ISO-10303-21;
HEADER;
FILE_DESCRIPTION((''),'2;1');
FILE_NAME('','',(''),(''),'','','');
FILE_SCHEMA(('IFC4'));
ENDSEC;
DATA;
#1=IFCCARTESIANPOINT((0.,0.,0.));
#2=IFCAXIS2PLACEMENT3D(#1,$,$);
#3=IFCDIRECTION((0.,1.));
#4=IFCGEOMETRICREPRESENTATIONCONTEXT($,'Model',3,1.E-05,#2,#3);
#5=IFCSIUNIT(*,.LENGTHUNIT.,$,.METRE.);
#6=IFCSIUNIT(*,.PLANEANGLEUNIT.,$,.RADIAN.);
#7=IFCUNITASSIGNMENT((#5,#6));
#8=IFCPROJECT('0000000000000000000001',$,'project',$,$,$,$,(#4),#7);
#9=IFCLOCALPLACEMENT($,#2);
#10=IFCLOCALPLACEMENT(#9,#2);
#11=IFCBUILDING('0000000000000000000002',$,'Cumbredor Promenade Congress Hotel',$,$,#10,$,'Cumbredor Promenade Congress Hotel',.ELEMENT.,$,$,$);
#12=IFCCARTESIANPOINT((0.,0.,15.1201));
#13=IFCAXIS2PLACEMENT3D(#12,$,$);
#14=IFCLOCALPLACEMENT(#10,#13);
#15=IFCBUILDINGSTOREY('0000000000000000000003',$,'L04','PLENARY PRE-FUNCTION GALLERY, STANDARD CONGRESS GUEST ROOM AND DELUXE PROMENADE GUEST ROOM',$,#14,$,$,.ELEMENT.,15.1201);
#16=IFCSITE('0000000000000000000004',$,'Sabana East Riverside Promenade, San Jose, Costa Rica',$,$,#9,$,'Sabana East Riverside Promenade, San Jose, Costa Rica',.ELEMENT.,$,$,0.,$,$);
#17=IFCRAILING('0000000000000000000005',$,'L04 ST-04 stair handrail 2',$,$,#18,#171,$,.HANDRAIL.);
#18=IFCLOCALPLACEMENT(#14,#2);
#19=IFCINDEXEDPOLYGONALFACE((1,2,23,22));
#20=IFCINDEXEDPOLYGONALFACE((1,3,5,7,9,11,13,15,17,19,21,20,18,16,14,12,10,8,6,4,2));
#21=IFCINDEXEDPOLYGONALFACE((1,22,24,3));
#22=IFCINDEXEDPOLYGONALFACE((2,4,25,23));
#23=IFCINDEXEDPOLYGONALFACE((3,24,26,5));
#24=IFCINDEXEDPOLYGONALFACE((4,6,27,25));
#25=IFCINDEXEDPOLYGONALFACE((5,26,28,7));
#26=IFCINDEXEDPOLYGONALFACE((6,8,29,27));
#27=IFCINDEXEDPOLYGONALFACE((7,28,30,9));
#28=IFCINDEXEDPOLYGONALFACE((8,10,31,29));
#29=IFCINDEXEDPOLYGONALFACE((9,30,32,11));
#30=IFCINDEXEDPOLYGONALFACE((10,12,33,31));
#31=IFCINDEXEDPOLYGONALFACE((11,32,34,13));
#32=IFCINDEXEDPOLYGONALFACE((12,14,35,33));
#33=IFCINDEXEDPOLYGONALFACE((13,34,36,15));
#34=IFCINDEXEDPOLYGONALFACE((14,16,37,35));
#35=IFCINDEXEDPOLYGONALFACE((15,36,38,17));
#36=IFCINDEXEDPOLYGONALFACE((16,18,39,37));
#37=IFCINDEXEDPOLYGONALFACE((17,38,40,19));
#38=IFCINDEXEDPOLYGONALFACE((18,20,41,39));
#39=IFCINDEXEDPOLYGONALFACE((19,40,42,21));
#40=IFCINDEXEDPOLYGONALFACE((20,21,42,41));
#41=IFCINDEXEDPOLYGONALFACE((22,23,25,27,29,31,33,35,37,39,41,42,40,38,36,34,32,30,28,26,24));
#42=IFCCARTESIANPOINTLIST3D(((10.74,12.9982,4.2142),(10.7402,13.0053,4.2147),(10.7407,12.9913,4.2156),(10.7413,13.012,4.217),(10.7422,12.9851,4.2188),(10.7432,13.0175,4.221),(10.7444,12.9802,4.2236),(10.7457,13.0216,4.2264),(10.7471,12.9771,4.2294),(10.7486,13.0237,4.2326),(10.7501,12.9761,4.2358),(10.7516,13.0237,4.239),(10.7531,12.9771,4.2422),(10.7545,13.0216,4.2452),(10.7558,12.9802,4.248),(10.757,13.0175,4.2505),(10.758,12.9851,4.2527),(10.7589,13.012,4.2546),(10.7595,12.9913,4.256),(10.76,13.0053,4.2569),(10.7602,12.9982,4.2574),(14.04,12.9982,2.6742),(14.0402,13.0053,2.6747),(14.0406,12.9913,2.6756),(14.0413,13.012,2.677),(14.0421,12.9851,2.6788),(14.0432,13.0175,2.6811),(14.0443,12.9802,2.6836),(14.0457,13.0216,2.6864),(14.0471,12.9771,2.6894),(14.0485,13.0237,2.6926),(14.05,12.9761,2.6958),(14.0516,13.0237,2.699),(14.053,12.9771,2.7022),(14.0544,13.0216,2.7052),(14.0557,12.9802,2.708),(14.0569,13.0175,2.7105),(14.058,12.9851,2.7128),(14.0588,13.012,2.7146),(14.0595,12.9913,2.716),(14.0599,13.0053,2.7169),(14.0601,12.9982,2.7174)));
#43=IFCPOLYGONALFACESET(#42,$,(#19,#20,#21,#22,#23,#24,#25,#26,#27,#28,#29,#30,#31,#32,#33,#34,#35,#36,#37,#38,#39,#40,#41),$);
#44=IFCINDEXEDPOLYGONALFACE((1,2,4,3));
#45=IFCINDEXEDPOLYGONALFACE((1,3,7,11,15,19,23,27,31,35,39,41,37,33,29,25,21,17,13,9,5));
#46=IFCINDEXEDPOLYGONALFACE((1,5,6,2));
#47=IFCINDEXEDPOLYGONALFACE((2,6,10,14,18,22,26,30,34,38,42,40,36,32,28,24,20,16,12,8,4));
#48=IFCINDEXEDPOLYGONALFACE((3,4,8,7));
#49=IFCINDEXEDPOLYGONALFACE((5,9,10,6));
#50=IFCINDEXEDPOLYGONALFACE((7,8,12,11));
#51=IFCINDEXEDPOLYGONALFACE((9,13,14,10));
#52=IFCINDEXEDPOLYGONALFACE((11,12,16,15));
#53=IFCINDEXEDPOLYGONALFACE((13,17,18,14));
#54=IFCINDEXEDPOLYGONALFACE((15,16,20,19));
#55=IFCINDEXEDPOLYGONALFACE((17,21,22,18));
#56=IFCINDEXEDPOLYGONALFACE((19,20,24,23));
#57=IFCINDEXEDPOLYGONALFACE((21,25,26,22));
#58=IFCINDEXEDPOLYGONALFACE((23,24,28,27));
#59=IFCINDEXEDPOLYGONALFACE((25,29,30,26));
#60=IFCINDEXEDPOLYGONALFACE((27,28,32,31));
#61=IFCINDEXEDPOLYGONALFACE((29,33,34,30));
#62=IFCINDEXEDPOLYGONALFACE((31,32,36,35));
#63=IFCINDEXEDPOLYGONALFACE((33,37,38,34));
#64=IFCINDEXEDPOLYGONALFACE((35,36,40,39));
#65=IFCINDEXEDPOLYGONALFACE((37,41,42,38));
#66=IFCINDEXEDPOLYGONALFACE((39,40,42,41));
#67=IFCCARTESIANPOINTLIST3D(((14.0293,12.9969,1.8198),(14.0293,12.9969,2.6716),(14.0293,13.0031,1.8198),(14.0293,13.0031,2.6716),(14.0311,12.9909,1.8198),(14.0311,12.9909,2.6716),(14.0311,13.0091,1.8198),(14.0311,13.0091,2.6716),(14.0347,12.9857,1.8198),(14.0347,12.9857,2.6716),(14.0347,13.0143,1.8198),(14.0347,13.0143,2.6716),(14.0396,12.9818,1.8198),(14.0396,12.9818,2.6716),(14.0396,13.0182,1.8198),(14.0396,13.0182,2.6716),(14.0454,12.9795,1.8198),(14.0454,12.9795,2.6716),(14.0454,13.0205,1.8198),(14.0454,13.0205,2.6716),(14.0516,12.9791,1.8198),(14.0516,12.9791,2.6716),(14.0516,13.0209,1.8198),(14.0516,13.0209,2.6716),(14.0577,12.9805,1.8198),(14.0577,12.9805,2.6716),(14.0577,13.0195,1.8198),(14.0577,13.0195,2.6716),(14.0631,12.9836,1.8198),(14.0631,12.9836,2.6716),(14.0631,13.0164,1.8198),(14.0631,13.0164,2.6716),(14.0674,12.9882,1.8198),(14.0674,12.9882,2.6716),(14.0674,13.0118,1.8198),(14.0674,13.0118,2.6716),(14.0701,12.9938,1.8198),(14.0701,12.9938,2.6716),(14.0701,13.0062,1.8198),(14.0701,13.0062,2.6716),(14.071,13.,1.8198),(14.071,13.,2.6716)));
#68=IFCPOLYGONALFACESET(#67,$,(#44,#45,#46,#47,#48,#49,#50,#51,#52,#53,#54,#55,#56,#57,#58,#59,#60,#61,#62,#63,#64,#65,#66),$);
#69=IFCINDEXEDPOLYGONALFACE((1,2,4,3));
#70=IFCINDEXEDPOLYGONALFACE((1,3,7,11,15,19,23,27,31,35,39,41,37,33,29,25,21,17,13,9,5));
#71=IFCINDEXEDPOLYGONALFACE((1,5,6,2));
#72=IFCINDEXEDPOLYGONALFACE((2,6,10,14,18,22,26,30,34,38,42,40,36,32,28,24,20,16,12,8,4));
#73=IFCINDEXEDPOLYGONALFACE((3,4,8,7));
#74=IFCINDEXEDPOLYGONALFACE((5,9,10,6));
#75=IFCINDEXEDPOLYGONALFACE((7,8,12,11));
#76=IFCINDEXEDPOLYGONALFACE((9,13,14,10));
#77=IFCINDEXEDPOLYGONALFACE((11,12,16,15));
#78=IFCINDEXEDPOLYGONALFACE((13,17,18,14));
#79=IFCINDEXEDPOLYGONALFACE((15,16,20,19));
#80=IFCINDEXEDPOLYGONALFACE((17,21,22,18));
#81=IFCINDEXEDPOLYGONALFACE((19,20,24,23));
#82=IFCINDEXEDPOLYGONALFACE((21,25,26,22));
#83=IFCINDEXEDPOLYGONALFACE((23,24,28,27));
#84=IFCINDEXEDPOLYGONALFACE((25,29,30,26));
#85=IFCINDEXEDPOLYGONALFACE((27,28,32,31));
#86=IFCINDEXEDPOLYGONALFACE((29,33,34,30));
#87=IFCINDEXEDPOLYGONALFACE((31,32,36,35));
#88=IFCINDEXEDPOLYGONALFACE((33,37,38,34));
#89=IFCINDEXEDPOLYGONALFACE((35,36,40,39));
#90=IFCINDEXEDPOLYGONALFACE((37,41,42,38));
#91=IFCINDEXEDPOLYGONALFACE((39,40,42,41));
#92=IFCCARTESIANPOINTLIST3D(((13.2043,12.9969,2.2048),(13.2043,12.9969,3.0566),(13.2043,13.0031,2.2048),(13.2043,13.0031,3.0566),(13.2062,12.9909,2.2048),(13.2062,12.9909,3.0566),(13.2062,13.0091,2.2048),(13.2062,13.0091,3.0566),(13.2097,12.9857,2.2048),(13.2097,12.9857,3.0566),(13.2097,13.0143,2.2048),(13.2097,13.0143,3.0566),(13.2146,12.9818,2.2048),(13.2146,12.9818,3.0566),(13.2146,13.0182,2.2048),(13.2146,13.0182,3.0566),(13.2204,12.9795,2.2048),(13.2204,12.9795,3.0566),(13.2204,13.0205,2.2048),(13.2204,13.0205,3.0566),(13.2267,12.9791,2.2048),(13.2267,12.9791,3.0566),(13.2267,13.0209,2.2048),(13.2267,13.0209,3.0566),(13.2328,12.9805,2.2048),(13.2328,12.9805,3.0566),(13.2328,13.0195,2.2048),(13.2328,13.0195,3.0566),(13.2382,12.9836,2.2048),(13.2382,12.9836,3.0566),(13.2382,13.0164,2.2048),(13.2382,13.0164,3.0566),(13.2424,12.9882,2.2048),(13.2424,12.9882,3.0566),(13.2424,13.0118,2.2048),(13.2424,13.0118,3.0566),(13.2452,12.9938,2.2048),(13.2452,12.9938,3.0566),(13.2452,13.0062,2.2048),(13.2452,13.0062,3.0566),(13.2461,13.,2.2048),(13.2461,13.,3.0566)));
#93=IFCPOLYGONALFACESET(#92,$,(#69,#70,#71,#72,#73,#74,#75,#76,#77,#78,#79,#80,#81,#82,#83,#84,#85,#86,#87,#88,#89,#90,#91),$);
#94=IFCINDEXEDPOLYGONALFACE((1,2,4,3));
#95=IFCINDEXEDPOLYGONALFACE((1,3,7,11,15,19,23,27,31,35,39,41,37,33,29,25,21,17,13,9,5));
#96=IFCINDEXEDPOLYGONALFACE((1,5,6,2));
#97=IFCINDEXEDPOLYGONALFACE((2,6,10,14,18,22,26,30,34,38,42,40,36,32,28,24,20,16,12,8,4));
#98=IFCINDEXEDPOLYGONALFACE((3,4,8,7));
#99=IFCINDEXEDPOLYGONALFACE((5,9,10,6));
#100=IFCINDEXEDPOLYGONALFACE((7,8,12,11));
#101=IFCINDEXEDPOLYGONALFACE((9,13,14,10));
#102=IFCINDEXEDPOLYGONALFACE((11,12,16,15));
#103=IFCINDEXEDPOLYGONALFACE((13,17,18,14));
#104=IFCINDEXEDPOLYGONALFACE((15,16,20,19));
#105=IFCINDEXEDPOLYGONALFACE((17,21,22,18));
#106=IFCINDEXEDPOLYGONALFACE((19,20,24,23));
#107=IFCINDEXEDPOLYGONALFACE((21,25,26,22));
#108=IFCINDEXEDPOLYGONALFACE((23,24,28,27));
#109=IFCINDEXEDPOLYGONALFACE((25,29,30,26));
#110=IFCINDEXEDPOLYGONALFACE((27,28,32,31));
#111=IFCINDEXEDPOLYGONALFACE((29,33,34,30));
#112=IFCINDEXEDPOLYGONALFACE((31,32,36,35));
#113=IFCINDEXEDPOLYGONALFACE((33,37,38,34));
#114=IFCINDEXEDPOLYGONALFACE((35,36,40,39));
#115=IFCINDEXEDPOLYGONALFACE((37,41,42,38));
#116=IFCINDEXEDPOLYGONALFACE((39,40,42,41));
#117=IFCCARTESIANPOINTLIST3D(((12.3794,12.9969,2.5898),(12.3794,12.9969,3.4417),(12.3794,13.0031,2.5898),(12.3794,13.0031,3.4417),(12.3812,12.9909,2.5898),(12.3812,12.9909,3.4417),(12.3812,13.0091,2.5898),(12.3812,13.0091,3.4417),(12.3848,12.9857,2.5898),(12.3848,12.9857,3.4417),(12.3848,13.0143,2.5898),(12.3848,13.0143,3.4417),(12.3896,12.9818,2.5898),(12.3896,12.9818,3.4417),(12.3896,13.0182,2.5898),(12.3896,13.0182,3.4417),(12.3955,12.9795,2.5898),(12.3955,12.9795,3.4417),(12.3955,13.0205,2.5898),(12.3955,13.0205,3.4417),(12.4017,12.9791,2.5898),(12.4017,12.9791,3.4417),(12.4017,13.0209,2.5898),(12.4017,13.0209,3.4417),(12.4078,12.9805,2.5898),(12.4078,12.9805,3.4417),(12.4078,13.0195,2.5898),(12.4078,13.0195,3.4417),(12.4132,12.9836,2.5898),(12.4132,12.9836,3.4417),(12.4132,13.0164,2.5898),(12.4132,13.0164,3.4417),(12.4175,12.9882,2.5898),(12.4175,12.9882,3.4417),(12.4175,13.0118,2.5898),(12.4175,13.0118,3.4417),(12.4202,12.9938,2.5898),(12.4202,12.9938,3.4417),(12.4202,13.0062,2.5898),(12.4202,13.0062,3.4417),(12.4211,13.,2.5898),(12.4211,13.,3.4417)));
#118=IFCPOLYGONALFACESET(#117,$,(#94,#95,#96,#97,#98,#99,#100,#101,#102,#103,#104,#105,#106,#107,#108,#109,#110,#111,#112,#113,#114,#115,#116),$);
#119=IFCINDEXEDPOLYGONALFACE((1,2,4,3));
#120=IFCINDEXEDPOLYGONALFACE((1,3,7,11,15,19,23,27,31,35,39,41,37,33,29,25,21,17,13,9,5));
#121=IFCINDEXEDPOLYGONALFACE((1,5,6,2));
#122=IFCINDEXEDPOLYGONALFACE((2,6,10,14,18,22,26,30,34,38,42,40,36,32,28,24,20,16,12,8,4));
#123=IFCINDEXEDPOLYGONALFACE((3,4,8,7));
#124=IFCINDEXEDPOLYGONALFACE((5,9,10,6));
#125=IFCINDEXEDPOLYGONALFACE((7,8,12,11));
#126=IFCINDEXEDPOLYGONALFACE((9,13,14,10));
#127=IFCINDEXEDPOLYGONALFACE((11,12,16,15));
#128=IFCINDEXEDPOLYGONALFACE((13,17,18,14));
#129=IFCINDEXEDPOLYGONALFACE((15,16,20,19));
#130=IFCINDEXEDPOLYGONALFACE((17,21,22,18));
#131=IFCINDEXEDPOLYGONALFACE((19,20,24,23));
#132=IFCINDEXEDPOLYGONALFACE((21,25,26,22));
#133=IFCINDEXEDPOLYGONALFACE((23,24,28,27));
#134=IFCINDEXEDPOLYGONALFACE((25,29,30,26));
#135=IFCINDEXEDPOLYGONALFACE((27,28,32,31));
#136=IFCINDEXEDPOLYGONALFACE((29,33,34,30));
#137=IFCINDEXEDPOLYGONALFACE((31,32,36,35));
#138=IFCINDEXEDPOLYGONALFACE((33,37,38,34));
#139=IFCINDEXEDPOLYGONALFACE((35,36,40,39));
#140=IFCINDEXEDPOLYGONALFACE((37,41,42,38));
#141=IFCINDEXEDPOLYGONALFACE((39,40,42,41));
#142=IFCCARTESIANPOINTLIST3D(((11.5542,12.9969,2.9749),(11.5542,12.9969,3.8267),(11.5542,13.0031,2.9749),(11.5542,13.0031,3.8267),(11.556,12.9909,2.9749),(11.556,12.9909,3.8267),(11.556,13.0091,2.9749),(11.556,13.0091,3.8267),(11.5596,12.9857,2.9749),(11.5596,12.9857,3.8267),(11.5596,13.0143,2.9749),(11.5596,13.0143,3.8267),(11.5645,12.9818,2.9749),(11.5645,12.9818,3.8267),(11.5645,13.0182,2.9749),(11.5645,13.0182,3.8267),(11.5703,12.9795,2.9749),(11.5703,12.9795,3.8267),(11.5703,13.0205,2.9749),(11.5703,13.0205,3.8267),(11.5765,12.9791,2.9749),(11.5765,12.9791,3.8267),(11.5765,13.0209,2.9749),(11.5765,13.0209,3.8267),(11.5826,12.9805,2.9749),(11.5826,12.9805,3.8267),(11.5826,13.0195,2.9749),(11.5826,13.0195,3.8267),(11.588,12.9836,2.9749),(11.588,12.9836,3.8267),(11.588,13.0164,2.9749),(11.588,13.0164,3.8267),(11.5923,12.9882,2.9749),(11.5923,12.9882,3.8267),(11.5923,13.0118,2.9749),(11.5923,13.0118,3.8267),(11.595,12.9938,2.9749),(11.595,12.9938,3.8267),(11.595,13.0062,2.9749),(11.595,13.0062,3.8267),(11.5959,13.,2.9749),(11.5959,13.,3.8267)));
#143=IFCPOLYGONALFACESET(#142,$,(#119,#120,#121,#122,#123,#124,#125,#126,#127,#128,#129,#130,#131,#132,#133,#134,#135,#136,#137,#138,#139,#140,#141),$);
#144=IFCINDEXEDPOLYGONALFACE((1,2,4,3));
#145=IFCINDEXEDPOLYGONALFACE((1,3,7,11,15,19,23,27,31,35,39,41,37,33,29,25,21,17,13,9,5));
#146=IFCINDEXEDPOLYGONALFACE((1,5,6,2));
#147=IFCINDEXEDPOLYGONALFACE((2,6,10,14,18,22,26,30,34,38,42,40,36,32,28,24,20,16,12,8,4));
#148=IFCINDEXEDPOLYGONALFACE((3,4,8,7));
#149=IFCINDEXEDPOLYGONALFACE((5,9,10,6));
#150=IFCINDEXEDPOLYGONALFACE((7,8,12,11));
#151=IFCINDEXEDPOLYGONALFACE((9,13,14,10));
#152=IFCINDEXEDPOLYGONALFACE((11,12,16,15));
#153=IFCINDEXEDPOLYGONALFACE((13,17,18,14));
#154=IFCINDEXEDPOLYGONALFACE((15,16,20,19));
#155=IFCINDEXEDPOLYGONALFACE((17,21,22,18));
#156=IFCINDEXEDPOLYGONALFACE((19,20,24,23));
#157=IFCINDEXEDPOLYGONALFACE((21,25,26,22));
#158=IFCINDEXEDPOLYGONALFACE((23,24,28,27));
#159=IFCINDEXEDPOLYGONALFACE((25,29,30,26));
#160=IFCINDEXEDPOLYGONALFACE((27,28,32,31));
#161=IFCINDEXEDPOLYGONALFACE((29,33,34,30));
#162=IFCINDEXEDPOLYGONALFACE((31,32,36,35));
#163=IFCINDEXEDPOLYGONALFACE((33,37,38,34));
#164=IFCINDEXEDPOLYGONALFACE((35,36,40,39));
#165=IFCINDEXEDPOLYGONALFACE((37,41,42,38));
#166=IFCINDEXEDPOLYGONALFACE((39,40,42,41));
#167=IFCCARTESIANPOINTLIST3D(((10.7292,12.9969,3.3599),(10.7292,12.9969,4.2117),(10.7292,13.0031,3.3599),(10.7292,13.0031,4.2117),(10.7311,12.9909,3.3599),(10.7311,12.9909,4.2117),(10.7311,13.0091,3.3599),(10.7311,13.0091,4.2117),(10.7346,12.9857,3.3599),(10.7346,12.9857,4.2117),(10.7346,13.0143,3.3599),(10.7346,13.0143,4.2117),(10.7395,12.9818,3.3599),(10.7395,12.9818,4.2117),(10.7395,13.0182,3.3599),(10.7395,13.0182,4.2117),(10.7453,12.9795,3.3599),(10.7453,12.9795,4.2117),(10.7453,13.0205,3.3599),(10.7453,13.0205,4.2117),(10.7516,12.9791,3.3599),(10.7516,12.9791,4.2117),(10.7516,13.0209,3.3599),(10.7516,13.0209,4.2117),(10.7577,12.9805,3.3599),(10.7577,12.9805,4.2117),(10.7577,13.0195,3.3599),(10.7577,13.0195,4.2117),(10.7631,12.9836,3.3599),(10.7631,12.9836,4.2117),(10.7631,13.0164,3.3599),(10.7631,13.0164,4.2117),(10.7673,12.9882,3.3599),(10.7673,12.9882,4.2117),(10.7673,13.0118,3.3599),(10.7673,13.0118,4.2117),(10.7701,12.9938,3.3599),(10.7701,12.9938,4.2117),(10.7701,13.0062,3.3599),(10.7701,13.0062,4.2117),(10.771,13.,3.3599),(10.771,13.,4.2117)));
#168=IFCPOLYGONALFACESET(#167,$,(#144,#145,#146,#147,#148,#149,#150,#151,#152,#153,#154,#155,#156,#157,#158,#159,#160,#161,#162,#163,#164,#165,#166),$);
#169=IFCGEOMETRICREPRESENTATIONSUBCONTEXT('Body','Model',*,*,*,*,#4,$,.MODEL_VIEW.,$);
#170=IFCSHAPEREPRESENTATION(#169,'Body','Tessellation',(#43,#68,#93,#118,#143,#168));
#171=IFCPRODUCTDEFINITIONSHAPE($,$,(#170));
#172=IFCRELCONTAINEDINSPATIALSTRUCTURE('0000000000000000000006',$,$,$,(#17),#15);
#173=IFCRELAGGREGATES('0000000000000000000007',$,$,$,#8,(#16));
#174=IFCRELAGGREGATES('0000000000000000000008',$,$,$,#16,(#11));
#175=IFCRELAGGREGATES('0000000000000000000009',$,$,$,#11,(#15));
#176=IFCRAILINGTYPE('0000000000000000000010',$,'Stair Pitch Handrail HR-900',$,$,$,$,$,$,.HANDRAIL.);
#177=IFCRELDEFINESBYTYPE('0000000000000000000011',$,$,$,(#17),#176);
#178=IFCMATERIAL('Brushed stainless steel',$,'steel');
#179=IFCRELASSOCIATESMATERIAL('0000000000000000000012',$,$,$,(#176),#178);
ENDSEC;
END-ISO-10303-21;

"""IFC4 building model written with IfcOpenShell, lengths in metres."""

from ifc_helpers import new_model, si_unit, direction, frame, origin, origin_2d, place, context, subcontext, project, spatial, circle, extrude, material, type_object, element, save


model = new_model("IFC4")

# Units and contexts
model_context = context("Model", 3, precision=1e-05, world=origin(), true_north=direction((0.0, 1.0)))
body_context = subcontext(model_context, "Body", "Model", "MODEL_VIEW")
ifc_project = project(units=[si_unit("LENGTHUNIT", "METRE"), si_unit("PLANEANGLEUNIT", "RADIAN")], contexts=[model_context])

# Site, building, storey
site_placement = place(None, origin())
site = spatial("IfcSite", under=ifc_project, at=site_placement, Name="Sabana East Riverside Promenade, San Jose, Costa Rica", LongName="Sabana East Riverside Promenade, San Jose, Costa Rica", CompositionType="ELEMENT", RefElevation=0.0)
building_placement = place(site_placement, origin())
building = spatial("IfcBuilding", under=site, at=building_placement, Name="Cumbredor Promenade Congress Hotel", LongName="Cumbredor Promenade Congress Hotel", CompositionType="ELEMENT")
storey_placement = place(building_placement, frame((0.0, 0.0, 15.1201)))
storey = spatial("IfcBuildingStorey", under=building, at=storey_placement, Name="L04", Description="PLENARY PRE-FUNCTION GALLERY, STANDARD CONGRESS GUEST ROOM AND DELUXE PROMENADE GUEST ROOM", CompositionType="ELEMENT", Elevation=15.1201)

# Shared definitions
ifc_material_1 = material(Name="Brushed stainless steel", Category="steel")

# Railing
railing_type_1 = type_object("IfcRailingType", Name="Stair Pitch Handrail HR-900", PredefinedType="HANDRAIL", material=ifc_material_1)
railing_1_placement = place(storey_placement, frame((14.05, 13.0, 1.8198)))
element("IfcRailing", 1, at=railing_1_placement, inside=storey, type_object=railing_type_1, Name="L04 ST-04 stair handrail 2", PredefinedType="HANDRAIL", context=body_context, shape_type="SweptSolid", body=[
    extrude(circle(Radius=0.0239, at=origin_2d()), frame((0.0, 0.0, 0.876), z_axis=(-0.906181, 0.0, 0.422889), x_axis=(0.0, -1.0, 0.0)), (0.0, 0.0, 1.0), 3.6416),
    extrude(circle(Radius=0.021, at=origin_2d()), origin(), (0.0, 0.0, 1.0), 0.8518),
    extrude(circle(Radius=0.021, at=origin_2d()), frame((-0.825, 0.0, 0.385)), (0.0, 0.0, 1.0), 0.8518),
    extrude(circle(Radius=0.021, at=origin_2d()), frame((-1.6499, 0.0, 0.77)), (0.0, 0.0, 1.0), 0.8518),
    extrude(circle(Radius=0.021, at=origin_2d()), frame((-2.4751, 0.0, 1.155)), (0.0, 0.0, 1.0), 0.8518),
    extrude(circle(Radius=0.021, at=origin_2d()), frame((-3.3, 0.0, 1.54)), (0.0, 0.0, 1.0), 0.8518),
])

save(model, "model.ifc")
